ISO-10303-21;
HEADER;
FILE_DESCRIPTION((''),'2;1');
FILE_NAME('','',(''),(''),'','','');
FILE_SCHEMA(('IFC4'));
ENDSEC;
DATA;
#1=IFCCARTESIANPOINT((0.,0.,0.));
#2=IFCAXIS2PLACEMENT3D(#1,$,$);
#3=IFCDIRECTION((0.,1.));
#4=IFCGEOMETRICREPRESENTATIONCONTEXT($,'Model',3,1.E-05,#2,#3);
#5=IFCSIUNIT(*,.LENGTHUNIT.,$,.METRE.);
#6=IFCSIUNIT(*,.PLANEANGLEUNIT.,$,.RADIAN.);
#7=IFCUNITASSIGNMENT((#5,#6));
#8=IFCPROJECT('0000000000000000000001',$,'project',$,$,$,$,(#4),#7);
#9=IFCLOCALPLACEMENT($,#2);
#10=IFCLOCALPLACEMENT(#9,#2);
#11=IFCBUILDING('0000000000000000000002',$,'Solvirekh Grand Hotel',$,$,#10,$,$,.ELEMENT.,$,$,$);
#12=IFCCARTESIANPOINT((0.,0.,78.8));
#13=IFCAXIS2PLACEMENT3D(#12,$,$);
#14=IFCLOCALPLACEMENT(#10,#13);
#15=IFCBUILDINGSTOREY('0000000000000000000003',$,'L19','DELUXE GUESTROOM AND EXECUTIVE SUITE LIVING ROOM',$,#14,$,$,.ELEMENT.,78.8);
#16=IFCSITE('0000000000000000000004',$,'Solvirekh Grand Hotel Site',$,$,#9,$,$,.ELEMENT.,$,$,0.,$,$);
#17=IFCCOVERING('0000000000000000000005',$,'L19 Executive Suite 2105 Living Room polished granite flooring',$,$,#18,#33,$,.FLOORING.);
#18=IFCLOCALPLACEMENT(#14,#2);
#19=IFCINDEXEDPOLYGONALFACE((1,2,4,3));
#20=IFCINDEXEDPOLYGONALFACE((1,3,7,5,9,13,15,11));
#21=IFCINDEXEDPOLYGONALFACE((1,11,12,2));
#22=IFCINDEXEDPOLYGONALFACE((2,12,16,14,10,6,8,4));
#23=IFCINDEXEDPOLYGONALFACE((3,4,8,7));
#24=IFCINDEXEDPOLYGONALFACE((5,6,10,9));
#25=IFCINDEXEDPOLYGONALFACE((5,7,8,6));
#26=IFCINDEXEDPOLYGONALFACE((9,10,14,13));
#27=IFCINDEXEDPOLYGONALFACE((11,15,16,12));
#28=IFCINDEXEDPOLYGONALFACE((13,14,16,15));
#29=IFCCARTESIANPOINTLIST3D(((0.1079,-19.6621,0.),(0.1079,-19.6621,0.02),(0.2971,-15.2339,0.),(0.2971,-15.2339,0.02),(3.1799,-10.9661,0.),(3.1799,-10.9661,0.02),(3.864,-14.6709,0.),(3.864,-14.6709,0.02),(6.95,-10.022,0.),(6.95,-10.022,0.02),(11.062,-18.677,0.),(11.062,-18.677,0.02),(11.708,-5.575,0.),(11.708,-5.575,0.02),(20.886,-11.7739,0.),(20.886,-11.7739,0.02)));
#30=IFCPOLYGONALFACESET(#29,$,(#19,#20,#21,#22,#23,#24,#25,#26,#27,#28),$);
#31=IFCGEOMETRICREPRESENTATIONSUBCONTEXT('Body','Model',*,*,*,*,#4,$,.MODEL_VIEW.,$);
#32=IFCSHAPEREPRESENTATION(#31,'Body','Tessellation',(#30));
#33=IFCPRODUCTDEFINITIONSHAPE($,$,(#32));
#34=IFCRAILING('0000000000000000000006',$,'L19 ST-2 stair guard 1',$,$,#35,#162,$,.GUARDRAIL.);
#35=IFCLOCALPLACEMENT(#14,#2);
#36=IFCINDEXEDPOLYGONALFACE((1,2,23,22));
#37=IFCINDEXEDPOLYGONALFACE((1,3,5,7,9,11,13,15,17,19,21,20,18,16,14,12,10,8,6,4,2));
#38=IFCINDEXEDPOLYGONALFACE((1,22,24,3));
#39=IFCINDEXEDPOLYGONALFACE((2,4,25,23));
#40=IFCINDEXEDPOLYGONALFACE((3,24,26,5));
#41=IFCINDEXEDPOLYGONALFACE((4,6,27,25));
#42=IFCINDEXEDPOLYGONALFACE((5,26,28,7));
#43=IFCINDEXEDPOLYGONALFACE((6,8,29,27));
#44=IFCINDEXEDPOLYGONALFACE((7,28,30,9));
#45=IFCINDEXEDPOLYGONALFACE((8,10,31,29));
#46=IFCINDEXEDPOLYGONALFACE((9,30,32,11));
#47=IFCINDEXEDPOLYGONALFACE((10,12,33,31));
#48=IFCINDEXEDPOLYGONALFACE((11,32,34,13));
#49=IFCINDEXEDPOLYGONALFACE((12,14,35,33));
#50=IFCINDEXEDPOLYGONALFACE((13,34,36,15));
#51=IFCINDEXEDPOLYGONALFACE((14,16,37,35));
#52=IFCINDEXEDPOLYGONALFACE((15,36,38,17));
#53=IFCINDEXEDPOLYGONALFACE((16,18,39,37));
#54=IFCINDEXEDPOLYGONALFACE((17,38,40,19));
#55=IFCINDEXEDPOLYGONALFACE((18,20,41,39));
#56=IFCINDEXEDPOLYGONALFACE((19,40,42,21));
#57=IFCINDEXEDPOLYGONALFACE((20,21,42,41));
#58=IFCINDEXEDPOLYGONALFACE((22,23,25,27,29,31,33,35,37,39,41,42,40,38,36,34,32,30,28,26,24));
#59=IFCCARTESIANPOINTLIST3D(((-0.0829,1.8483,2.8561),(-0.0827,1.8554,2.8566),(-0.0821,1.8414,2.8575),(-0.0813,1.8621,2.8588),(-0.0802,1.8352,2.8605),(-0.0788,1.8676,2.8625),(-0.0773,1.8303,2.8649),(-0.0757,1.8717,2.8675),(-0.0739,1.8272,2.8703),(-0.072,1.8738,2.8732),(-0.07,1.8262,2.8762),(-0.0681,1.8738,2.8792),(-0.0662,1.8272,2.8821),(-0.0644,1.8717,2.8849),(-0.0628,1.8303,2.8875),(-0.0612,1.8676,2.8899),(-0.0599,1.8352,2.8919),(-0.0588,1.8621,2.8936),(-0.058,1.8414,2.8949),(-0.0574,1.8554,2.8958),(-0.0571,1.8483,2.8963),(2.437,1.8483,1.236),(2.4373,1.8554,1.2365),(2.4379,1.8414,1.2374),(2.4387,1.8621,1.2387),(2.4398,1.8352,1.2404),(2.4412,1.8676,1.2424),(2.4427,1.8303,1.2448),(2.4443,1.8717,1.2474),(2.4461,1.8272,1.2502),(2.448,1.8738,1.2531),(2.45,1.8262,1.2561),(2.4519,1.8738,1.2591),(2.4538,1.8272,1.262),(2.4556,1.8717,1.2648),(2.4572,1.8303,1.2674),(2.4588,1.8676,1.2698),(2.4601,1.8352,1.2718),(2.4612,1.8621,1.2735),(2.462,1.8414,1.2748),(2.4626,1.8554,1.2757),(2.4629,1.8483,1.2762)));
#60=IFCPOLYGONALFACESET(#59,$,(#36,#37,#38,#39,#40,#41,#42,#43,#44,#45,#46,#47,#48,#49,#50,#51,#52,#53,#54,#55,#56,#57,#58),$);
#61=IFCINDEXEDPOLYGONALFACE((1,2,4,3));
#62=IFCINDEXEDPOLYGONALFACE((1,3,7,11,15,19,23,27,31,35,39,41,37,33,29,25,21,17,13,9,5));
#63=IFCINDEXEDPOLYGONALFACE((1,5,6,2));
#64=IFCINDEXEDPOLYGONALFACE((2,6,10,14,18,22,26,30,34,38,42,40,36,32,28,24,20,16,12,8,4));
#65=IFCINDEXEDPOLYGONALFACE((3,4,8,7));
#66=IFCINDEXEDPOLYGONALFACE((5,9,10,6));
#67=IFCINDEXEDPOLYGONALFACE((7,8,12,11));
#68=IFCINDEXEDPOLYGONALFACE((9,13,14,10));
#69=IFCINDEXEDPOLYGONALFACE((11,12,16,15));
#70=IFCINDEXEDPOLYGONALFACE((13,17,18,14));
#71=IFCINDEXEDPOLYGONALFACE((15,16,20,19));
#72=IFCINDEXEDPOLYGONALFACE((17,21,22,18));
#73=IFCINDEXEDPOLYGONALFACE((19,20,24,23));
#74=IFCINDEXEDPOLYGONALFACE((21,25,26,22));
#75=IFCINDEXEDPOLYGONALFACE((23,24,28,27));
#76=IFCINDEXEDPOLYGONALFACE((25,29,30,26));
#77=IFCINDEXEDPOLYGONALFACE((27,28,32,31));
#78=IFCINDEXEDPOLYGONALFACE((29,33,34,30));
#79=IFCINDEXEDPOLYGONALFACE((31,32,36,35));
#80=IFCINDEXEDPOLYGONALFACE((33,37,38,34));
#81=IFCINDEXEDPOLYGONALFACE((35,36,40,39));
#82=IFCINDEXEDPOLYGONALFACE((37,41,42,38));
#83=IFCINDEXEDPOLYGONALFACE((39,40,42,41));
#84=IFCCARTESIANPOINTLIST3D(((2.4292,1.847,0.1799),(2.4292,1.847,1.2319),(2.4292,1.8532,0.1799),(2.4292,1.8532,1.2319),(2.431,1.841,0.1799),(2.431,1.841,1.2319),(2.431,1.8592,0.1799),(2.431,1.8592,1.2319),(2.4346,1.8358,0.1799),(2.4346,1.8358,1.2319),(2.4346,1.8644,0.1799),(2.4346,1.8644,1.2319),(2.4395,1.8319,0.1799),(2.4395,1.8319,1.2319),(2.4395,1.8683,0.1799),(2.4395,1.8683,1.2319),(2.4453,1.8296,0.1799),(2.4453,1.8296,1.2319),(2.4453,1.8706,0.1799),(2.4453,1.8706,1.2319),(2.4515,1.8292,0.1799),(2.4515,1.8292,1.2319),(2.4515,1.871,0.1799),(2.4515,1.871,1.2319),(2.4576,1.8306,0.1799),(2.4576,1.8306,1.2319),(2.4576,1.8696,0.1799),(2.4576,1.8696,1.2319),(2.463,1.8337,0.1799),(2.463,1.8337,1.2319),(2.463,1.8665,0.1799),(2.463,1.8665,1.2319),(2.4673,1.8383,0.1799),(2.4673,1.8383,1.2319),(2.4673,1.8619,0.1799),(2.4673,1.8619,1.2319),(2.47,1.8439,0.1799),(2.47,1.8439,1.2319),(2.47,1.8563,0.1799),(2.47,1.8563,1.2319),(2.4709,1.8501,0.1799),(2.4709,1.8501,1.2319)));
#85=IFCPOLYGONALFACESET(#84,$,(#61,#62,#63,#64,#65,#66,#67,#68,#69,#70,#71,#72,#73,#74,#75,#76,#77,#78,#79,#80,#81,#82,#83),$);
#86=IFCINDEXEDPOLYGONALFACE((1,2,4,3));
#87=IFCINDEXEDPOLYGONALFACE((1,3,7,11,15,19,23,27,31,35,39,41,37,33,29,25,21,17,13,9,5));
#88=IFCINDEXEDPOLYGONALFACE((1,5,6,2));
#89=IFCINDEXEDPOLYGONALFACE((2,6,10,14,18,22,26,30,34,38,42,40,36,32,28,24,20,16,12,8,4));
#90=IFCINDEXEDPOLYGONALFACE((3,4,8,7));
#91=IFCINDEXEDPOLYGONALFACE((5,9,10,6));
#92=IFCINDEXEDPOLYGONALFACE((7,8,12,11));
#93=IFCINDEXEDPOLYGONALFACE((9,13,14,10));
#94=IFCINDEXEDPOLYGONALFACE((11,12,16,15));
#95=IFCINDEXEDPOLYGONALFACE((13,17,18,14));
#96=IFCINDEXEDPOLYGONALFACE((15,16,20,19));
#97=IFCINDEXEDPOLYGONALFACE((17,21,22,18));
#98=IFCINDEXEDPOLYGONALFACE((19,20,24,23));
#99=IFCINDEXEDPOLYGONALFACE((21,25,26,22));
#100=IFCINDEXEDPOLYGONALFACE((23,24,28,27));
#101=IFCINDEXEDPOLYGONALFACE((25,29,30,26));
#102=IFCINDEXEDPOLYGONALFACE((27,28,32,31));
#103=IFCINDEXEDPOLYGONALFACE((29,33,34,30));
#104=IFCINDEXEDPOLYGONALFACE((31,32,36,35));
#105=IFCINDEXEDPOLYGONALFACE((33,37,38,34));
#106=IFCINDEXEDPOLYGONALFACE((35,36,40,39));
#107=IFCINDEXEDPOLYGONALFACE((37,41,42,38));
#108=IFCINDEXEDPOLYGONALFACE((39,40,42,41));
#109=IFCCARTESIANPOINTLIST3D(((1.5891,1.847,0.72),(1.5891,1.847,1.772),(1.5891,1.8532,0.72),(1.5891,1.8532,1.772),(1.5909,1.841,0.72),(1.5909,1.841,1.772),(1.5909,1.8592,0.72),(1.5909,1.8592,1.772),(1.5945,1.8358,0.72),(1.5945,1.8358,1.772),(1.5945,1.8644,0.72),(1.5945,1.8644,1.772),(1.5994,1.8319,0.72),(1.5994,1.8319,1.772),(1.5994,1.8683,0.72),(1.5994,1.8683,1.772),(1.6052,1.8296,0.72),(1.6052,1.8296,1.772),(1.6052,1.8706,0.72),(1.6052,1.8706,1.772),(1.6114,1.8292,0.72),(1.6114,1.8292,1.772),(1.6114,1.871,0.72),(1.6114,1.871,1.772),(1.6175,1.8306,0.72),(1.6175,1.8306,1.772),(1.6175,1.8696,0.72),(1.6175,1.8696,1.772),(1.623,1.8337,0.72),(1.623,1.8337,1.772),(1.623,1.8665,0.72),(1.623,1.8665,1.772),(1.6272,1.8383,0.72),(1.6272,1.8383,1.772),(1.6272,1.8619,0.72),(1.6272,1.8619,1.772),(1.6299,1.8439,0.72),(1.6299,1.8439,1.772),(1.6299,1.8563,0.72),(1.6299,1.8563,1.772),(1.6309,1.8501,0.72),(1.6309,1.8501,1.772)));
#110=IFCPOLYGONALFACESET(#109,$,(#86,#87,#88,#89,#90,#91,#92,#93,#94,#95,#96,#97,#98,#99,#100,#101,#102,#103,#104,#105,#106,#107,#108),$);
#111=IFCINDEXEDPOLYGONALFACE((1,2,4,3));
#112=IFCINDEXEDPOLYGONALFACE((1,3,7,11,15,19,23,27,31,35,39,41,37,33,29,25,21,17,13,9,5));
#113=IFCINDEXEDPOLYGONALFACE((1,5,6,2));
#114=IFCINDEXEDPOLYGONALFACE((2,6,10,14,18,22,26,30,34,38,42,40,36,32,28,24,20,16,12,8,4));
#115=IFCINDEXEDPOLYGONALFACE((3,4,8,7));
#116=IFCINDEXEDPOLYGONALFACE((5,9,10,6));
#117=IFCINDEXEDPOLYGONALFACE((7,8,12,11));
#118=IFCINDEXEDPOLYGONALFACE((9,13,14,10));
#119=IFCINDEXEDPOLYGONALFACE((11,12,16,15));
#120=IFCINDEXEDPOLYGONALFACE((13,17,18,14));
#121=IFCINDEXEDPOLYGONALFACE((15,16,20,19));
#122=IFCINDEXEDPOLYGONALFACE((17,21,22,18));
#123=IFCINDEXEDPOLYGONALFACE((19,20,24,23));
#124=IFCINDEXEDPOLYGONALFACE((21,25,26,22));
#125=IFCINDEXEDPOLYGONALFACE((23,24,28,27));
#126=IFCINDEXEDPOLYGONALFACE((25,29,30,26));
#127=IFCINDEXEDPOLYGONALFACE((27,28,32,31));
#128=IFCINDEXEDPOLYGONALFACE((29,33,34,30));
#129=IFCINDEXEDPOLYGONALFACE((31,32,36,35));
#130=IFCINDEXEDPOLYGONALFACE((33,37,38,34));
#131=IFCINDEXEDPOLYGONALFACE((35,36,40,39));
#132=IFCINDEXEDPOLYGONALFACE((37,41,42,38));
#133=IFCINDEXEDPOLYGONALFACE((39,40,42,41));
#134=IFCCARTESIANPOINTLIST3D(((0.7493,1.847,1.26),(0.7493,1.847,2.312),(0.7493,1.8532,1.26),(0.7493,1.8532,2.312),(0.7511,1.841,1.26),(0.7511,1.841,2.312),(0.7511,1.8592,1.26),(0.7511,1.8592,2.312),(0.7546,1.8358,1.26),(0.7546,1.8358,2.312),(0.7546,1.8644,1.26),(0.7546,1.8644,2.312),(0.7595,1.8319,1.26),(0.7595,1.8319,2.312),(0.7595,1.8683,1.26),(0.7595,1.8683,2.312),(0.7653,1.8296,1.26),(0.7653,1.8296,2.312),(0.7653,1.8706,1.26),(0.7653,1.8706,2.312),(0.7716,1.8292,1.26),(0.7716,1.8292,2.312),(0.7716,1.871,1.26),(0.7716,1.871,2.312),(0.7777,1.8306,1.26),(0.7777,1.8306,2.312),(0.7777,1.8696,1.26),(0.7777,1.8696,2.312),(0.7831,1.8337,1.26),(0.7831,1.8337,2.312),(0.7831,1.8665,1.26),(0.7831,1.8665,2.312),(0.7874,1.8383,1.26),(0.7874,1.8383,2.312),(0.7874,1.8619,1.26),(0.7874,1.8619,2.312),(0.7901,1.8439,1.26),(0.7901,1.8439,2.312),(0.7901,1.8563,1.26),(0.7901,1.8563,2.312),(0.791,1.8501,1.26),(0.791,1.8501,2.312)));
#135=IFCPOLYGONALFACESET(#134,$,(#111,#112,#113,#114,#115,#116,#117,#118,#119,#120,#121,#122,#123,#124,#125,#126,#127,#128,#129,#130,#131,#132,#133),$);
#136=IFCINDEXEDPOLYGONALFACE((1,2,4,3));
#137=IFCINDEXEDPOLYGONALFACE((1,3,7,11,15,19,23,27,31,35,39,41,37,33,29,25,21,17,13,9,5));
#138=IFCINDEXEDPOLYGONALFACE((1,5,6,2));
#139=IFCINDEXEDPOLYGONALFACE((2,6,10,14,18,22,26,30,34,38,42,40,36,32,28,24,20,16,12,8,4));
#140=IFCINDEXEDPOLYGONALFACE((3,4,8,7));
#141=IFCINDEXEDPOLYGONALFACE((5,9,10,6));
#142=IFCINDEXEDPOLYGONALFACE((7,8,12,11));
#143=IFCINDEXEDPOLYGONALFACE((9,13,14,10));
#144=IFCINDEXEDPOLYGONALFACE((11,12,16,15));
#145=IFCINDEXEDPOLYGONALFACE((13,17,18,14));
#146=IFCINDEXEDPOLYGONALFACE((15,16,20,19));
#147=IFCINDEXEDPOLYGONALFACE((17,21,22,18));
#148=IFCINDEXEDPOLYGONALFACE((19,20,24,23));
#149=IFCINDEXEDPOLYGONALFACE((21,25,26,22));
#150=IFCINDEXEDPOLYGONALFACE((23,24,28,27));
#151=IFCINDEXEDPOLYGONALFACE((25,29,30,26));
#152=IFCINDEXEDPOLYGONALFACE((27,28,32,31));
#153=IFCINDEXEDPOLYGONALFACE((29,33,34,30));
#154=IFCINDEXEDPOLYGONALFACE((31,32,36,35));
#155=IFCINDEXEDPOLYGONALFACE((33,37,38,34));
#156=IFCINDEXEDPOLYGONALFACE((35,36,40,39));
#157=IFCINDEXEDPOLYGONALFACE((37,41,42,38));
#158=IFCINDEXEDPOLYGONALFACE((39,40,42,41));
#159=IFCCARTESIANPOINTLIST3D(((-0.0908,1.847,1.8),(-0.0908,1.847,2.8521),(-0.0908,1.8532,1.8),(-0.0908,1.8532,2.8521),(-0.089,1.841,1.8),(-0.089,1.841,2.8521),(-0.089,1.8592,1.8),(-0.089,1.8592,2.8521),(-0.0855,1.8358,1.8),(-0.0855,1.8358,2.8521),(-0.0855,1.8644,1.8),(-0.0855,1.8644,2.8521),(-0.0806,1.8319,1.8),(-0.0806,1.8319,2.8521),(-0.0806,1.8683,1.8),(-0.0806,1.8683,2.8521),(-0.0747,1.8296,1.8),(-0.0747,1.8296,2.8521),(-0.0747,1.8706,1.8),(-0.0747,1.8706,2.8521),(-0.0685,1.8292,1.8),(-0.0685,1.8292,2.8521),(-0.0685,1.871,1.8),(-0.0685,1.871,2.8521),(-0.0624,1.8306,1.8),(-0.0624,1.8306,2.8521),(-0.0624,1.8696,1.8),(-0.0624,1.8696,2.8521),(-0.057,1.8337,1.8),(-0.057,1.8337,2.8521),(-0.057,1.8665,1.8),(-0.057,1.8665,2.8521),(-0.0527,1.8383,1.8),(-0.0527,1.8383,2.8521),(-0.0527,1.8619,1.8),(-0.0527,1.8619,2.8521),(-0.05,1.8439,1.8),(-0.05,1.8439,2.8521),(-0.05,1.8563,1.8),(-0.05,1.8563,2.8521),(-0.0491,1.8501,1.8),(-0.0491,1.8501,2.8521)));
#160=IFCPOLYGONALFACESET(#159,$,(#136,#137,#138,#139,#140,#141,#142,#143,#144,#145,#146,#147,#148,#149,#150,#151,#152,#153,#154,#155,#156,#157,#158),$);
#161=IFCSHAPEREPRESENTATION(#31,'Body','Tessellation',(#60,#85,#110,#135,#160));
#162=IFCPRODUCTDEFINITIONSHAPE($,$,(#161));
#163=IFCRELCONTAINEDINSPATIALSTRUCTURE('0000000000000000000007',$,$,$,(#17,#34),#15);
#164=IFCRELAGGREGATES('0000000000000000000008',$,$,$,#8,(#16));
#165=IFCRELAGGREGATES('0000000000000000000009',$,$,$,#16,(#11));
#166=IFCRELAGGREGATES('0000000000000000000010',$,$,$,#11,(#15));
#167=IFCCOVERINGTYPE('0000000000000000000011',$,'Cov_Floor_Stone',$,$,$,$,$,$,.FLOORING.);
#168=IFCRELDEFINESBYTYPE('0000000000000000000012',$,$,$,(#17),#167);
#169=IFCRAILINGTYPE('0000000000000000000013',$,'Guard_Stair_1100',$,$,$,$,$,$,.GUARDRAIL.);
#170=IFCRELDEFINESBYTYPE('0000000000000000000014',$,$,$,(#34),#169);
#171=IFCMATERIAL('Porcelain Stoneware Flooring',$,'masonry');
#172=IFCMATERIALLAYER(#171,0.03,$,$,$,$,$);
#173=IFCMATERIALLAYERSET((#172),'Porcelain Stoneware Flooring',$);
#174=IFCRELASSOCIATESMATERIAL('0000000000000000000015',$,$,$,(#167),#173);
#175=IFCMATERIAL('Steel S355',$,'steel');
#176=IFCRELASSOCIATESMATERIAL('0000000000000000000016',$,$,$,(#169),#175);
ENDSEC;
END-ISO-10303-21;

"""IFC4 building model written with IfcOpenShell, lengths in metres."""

from ifc_helpers import new_model, si_unit, direction, frame, origin, origin_2d, place, context, subcontext, project, spatial, polyline, circle, outline, extrude, material, layer, layer_set, type_object, element, save


model = new_model("IFC4")

# Units and contexts
model_context = context("Model", 3, precision=1e-05, world=origin(), true_north=direction((0.0, 1.0)))
body_context = subcontext(model_context, "Body", "Model", "MODEL_VIEW")
ifc_project = project(units=[si_unit("LENGTHUNIT", "METRE"), si_unit("PLANEANGLEUNIT", "RADIAN")], contexts=[model_context])

# Site, building, storey
site_placement = place(None, origin())
site = spatial("IfcSite", under=ifc_project, at=site_placement, Name="Solvirekh Grand Hotel Site", CompositionType="ELEMENT", RefElevation=0.0)
building_placement = place(site_placement, origin())
building = spatial("IfcBuilding", under=site, at=building_placement, Name="Solvirekh Grand Hotel", CompositionType="ELEMENT")
storey_placement = place(building_placement, frame((0.0, 0.0, 78.8)))
storey = spatial("IfcBuildingStorey", under=building, at=storey_placement, Name="L19", Description="DELUXE GUESTROOM AND EXECUTIVE SUITE LIVING ROOM", CompositionType="ELEMENT", Elevation=78.8)

# Covering
ifc_material_1 = material(Name="Porcelain Stoneware Flooring", Category="masonry")
ifc_layer_1 = layer(ifc_material_1, 0.03)
ifc_layer_set_1 = layer_set([ifc_layer_1], Name="Porcelain Stoneware Flooring")
covering_type_1 = type_object("IfcCoveringType", Name="Cov_Floor_Stone", PredefinedType="FLOORING", material=ifc_layer_set_1)
covering_1_placement = place(storey_placement, origin())
element("IfcCovering", 1, at=covering_1_placement, inside=storey, type_object=covering_type_1, Name="L19 Executive Suite 2105 Living Room polished granite flooring", PredefinedType="FLOORING", context=body_context, shape_type="SweptSolid", body=[
    extrude(outline(polyline([(3.864, -14.6709), (0.2971, -15.2339), (0.1079, -19.6621), (11.062, -18.677), (20.886, -11.7739), (11.708, -5.575), (6.95, -10.022), (3.1799, -10.9661), (3.864, -14.6709)])), origin(), (0.0, 0.0, 1.0), 0.02),
])

# Railing
ifc_material_2 = material(Name="Steel S355", Category="steel")
railing_type_1 = type_object("IfcRailingType", Name="Guard_Stair_1100", PredefinedType="GUARDRAIL", material=ifc_material_2)
railing_1_placement = place(storey_placement, frame((2.45, 1.8501, 0.1799)))
element("IfcRailing", 2, at=railing_1_placement, inside=storey, type_object=railing_type_1, Name="L19 ST-2 stair guard 1", PredefinedType="GUARDRAIL", context=body_context, shape_type="SweptSolid", body=[
    extrude(circle(Radius=0.0239, at=origin_2d()), frame((0.0, 0.0, 1.0762), z_axis=(-0.841163, 0.0, 0.540782), x_axis=(0.0, -1.0, 0.0)), (0.0, 0.0, 1.0), 2.9958),
    extrude(circle(Radius=0.021, at=origin_2d()), origin(), (0.0, 0.0, 1.0), 1.052),
    extrude(circle(Radius=0.021, at=origin_2d()), frame((-0.8401, 0.0, 0.54)), (0.0, 0.0, 1.0), 1.052),
    extrude(circle(Radius=0.021, at=origin_2d()), frame((-1.6799, 0.0, 1.0801)), (0.0, 0.0, 1.0), 1.052),
    extrude(circle(Radius=0.021, at=origin_2d()), frame((-2.52, 0.0, 1.6201)), (0.0, 0.0, 1.0), 1.052),
])

save(model, "model.ifc")
